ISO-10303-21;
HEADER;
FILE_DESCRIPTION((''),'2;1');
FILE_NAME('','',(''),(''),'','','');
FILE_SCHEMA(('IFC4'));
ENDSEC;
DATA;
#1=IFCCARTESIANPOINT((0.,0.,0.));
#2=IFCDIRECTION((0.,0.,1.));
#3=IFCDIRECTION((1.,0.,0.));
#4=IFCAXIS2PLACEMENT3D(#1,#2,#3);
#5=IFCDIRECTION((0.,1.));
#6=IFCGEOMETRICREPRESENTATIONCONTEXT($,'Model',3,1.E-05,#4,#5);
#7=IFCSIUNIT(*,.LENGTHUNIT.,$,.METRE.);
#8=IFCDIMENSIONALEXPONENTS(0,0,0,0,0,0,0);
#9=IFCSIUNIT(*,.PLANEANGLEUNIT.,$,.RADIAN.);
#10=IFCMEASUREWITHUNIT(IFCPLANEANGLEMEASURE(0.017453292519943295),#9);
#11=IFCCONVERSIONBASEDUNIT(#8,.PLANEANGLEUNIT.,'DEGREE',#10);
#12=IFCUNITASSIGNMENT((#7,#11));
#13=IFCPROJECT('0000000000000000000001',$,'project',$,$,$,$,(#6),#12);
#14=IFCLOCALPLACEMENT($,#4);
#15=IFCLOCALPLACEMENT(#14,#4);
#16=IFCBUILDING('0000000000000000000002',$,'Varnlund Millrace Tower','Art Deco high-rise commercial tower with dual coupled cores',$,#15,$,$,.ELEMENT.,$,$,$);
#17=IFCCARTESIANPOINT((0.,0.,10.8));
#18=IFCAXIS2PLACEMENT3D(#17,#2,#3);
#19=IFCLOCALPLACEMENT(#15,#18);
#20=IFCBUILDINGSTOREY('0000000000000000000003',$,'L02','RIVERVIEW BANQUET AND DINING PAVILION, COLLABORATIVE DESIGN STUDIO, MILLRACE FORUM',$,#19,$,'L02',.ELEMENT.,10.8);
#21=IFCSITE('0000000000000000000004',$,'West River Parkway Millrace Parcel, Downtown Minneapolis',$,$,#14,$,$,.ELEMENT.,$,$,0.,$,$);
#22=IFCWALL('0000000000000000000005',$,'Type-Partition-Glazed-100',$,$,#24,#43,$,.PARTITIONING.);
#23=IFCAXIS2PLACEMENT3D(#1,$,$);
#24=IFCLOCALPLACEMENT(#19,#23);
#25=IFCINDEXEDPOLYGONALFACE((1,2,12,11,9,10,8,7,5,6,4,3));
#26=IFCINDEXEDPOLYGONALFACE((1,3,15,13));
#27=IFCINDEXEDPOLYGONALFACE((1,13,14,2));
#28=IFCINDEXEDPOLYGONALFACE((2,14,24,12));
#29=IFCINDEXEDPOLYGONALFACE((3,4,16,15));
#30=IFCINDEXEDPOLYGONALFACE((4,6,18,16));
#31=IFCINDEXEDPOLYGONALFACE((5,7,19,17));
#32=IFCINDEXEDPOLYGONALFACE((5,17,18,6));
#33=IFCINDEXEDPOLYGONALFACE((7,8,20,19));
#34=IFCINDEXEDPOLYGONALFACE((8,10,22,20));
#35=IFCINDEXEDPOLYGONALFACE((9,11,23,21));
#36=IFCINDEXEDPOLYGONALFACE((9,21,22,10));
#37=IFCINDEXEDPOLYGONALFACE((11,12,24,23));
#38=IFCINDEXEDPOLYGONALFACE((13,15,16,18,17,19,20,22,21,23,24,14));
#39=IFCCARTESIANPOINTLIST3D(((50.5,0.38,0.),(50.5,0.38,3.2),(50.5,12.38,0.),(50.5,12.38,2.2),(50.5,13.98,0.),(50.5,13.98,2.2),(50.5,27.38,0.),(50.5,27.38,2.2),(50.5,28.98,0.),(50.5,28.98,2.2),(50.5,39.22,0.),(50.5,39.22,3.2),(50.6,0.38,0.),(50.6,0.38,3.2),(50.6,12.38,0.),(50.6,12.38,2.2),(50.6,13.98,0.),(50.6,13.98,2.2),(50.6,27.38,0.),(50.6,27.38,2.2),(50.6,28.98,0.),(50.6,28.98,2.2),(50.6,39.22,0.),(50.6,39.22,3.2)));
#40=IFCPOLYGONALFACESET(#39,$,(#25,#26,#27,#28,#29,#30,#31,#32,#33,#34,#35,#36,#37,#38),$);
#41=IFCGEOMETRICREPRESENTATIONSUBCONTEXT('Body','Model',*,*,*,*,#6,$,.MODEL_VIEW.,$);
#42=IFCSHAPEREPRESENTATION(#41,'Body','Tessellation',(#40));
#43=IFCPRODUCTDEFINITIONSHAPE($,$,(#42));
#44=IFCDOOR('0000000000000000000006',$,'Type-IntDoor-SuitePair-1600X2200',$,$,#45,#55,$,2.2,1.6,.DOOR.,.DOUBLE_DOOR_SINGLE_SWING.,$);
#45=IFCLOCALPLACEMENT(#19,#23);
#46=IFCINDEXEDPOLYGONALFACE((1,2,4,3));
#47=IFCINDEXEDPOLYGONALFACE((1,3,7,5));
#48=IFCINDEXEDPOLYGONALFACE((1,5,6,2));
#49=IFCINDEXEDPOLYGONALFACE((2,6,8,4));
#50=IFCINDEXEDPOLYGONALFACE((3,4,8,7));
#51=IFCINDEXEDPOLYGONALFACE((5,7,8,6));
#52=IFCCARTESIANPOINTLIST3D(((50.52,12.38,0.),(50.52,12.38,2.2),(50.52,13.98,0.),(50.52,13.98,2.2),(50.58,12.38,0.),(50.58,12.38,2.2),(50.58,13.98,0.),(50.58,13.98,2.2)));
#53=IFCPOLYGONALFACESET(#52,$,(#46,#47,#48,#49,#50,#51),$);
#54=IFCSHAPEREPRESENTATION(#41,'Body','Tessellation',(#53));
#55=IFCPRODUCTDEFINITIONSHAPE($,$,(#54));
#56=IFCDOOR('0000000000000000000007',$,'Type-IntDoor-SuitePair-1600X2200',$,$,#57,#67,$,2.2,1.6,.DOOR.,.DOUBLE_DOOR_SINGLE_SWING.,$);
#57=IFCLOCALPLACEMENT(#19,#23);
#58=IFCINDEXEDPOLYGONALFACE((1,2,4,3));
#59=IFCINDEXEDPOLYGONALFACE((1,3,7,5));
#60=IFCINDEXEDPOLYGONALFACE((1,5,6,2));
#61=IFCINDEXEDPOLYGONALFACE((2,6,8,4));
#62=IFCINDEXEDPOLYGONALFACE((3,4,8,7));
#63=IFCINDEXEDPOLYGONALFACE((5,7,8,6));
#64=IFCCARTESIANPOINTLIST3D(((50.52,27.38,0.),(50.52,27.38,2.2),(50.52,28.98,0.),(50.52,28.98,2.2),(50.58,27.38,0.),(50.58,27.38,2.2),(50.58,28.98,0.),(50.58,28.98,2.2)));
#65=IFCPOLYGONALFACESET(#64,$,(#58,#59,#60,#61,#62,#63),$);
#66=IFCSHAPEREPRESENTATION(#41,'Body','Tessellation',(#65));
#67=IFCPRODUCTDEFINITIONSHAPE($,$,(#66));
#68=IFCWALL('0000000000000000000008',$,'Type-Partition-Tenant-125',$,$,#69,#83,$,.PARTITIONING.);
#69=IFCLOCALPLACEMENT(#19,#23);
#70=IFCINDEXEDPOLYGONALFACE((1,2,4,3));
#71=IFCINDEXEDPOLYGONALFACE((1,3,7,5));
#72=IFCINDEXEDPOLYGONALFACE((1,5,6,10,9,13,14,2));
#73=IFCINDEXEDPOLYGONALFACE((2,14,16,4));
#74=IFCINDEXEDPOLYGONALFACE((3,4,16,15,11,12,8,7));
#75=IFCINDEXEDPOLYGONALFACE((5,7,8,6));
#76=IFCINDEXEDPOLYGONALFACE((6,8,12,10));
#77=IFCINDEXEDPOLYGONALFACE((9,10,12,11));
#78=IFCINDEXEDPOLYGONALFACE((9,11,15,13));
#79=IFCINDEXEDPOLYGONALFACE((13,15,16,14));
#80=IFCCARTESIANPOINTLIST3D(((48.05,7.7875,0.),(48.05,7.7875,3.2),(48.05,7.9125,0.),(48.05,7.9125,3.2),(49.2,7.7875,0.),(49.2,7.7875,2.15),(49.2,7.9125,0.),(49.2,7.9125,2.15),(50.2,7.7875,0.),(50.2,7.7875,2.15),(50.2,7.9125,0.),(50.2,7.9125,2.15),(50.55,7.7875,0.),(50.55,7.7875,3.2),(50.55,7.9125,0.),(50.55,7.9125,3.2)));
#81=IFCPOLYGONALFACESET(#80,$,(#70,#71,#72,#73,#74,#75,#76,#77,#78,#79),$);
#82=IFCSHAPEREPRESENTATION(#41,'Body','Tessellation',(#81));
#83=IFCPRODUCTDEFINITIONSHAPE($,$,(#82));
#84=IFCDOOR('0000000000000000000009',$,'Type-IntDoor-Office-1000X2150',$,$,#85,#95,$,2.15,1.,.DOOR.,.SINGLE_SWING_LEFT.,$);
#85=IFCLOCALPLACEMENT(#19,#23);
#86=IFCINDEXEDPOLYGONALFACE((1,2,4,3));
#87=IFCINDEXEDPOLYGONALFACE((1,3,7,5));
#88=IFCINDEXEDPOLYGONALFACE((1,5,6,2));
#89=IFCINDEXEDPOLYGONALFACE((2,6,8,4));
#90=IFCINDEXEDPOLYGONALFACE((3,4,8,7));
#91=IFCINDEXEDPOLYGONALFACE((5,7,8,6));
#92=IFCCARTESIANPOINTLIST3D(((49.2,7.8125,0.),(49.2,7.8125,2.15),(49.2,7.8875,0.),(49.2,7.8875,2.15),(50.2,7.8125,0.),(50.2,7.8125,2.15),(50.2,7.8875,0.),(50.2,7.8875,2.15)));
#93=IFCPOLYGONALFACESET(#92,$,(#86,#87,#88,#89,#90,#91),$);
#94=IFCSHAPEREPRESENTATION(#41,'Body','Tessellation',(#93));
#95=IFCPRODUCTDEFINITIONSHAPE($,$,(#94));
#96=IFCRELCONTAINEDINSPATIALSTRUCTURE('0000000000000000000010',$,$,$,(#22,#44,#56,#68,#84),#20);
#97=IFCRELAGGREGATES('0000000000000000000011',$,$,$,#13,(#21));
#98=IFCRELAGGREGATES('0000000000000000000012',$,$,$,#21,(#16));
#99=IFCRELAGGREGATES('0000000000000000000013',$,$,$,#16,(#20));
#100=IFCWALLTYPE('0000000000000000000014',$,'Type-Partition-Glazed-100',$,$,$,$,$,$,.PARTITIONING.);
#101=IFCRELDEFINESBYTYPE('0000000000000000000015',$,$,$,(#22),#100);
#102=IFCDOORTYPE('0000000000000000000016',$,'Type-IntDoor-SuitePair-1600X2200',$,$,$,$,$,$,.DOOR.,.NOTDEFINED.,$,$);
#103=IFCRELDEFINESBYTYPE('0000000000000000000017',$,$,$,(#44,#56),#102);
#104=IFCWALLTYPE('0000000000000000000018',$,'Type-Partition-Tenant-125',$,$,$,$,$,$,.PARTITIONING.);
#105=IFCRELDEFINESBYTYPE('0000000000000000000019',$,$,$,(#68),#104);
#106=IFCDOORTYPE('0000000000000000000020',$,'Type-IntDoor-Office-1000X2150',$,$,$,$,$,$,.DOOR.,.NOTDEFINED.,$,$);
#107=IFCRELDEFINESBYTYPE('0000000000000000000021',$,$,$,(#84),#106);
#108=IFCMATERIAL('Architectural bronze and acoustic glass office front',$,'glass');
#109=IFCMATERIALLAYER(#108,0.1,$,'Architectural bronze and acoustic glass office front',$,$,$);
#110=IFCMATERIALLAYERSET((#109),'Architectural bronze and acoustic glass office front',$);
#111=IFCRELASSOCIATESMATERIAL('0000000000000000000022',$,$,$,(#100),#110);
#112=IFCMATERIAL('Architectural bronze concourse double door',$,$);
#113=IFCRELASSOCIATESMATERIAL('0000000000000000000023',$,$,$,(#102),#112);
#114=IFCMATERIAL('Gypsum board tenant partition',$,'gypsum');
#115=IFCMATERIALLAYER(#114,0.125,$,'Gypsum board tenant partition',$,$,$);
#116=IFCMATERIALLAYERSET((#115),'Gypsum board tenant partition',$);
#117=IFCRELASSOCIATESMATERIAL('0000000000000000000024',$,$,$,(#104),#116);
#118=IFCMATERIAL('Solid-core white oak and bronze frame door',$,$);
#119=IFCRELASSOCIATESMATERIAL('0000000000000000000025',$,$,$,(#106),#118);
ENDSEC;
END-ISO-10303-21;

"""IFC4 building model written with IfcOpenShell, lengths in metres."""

from ifc_helpers import new_model, entity, si_unit, converted_unit, direction, frame, origin_with_axes, origin_2d_with_axis, place, context, subcontext, project, spatial, polyline, rectangle, outline, extrude, material, layer, layer_set, type_object, element, fill, save


model = new_model("IFC4")

# Units and contexts
model_context = context("Model", 3, precision=1e-05, world=origin_with_axes(), true_north=direction((0.0, 1.0)))
body_context = subcontext(model_context, "Body", "Model", "MODEL_VIEW")
ifc_project = project(units=[si_unit("LENGTHUNIT", "METRE"), converted_unit("PLANEANGLEUNIT", "DEGREE", entity("IfcPlaneAngleMeasure", 0.017453292519943295), si_unit("PLANEANGLEUNIT", "RADIAN"), dimensions=[0, 0, 0, 0, 0, 0, 0])], contexts=[model_context])

# Site, building, storey
site_placement = place(None, origin_with_axes())
site = spatial("IfcSite", under=ifc_project, at=site_placement, Name="West River Parkway Millrace Parcel, Downtown Minneapolis", CompositionType="ELEMENT", RefElevation=0.0)
building_placement = place(site_placement, origin_with_axes())
building = spatial("IfcBuilding", under=site, at=building_placement, Name="Varnlund Millrace Tower", Description="Art Deco high-rise commercial tower with dual coupled cores", CompositionType="ELEMENT")
storey_placement = place(building_placement, frame((0.0, 0.0, 10.8), z_axis=(0.0, 0.0, 1.0), x_axis=(1.0, 0.0, 0.0)))
storey = spatial("IfcBuildingStorey", under=building, at=storey_placement, Name="L02", Description="RIVERVIEW BANQUET AND DINING PAVILION, COLLABORATIVE DESIGN STUDIO, MILLRACE FORUM", LongName="L02", CompositionType="ELEMENT", Elevation=10.8)

# Wall, openings, doors
ifc_material_1 = material(Name="Architectural bronze and acoustic glass office front", Category="glass")
ifc_layer_1 = layer(ifc_material_1, 0.1, Name="Architectural bronze and acoustic glass office front")
ifc_layer_set_1 = layer_set([ifc_layer_1], Name="Architectural bronze and acoustic glass office front")
wall_type_1 = type_object("IfcWallType", Name="Type-Partition-Glazed-100", PredefinedType="PARTITIONING", material=ifc_layer_set_1)
wall_1_placement = place(storey_placement, frame((50.55, 0.38, 0.0), z_axis=(0.0, 0.0, 1.0), x_axis=(0.0, 1.0, 0.0)))
wall_1 = element("IfcWall", 1, at=wall_1_placement, inside=storey, type_object=wall_type_1, Name="Type-Partition-Glazed-100", PredefinedType="PARTITIONING", context=body_context, shape_type="SweptSolid", body=[
    extrude(outline(polyline([(0.0, -0.05), (38.84, -0.05), (38.84, 0.05), (0.0, 0.05), (0.0, -0.05)])), origin_with_axes(), (0.0, 0.0, 1.0), 3.2),
])
opening_1_placement = place(wall_1_placement, frame((12.8, 0.0, 0.0), z_axis=(0.0, 0.0, 1.0), x_axis=(1.0, 0.0, 0.0)))
opening_1 = element("IfcOpeningElement", 2, at=opening_1_placement, cuts=wall_1, PredefinedType="OPENING", context=body_context, shape_type="SweptSolid", body=[
    extrude(rectangle(XDim=1.6, YDim=0.12, at=origin_2d_with_axis()), origin_with_axes(), (0.0, 0.0, 1.0), 2.2),
])
opening_2_placement = place(wall_1_placement, frame((27.8, 0.0, 0.0), z_axis=(0.0, 0.0, 1.0), x_axis=(1.0, 0.0, 0.0)))
opening_2 = element("IfcOpeningElement", 3, at=opening_2_placement, cuts=wall_1, PredefinedType="OPENING", context=body_context, shape_type="SweptSolid", body=[
    extrude(rectangle(XDim=1.6, YDim=0.12, at=origin_2d_with_axis()), origin_with_axes(), (0.0, 0.0, 1.0), 2.2),
])
ifc_material_2 = material(Name="Architectural bronze concourse double door")
door_type_1 = type_object("IfcDoorType", Name="Type-IntDoor-SuitePair-1600X2200", OperationType="NOTDEFINED", PredefinedType="DOOR", material=ifc_material_2)
door_1_placement = place(wall_1_placement, frame((12.8, 0.0, 0.0), z_axis=(0.0, 0.0, 1.0), x_axis=(1.0, 0.0, 0.0)))
door_1 = element("IfcDoor", 4, at=door_1_placement, inside=storey, type_object=door_type_1, Name="Type-IntDoor-SuitePair-1600X2200", OperationType="DOUBLE_DOOR_SINGLE_SWING", OverallHeight=2.2, OverallWidth=1.6, PredefinedType="DOOR", context=body_context, shape_type="SweptSolid", body=[
    extrude(rectangle(XDim=1.6, YDim=0.06, at=origin_2d_with_axis()), origin_with_axes(), (0.0, 0.0, 1.0), 2.2),
])
fill(opening_1, door_1)
door_2_placement = place(wall_1_placement, frame((27.8, 0.0, 0.0), z_axis=(0.0, 0.0, 1.0), x_axis=(1.0, 0.0, 0.0)))
door_2 = element("IfcDoor", 5, at=door_2_placement, inside=storey, type_object=door_type_1, Name="Type-IntDoor-SuitePair-1600X2200", OperationType="DOUBLE_DOOR_SINGLE_SWING", OverallHeight=2.2, OverallWidth=1.6, PredefinedType="DOOR", context=body_context, shape_type="SweptSolid", body=[
    extrude(rectangle(XDim=1.6, YDim=0.06, at=origin_2d_with_axis()), origin_with_axes(), (0.0, 0.0, 1.0), 2.2),
])
fill(opening_2, door_2)

# Wall, opening, door
ifc_material_3 = material(Name="Gypsum board tenant partition", Category="gypsum")
ifc_layer_2 = layer(ifc_material_3, 0.125, Name="Gypsum board tenant partition")
ifc_layer_set_2 = layer_set([ifc_layer_2], Name="Gypsum board tenant partition")
wall_type_2 = type_object("IfcWallType", Name="Type-Partition-Tenant-125", PredefinedType="PARTITIONING", material=ifc_layer_set_2)
wall_2_placement = place(storey_placement, frame((48.05, 7.85, 0.0), z_axis=(0.0, 0.0, 1.0), x_axis=(1.0, 0.0, 0.0)))
wall_2 = element("IfcWall", 6, at=wall_2_placement, inside=storey, type_object=wall_type_2, Name="Type-Partition-Tenant-125", PredefinedType="PARTITIONING", context=body_context, shape_type="SweptSolid", body=[
    extrude(outline(polyline([(0.0, -0.0625), (2.5, -0.0625), (2.5, 0.0625), (0.0, 0.0625), (0.0, -0.0625)])), origin_with_axes(), (0.0, 0.0, 1.0), 3.2),
])
opening_3_placement = place(wall_2_placement, frame((1.65, 0.0, 0.0), z_axis=(0.0, 0.0, 1.0), x_axis=(1.0, 0.0, 0.0)))
opening_3 = element("IfcOpeningElement", 7, at=opening_3_placement, cuts=wall_2, PredefinedType="OPENING", context=body_context, shape_type="SweptSolid", body=[
    extrude(rectangle(XDim=1.0, YDim=0.145, at=origin_2d_with_axis()), origin_with_axes(), (0.0, 0.0, 1.0), 2.15),
])
ifc_material_4 = material(Name="Solid-core white oak and bronze frame door")
door_type_2 = type_object("IfcDoorType", Name="Type-IntDoor-Office-1000X2150", OperationType="NOTDEFINED", PredefinedType="DOOR", material=ifc_material_4)
door_3_placement = place(wall_2_placement, frame((1.65, 0.0, 0.0), z_axis=(0.0, 0.0, 1.0), x_axis=(1.0, 0.0, 0.0)))
door_3 = element("IfcDoor", 8, at=door_3_placement, inside=storey, type_object=door_type_2, Name="Type-IntDoor-Office-1000X2150", OperationType="SINGLE_SWING_LEFT", OverallHeight=2.15, OverallWidth=1.0, PredefinedType="DOOR", context=body_context, shape_type="SweptSolid", body=[
    extrude(rectangle(XDim=1.0, YDim=0.075, at=origin_2d_with_axis()), origin_with_axes(), (0.0, 0.0, 1.0), 2.15),
])
fill(opening_3, door_3)

save(model, "model.ifc")
